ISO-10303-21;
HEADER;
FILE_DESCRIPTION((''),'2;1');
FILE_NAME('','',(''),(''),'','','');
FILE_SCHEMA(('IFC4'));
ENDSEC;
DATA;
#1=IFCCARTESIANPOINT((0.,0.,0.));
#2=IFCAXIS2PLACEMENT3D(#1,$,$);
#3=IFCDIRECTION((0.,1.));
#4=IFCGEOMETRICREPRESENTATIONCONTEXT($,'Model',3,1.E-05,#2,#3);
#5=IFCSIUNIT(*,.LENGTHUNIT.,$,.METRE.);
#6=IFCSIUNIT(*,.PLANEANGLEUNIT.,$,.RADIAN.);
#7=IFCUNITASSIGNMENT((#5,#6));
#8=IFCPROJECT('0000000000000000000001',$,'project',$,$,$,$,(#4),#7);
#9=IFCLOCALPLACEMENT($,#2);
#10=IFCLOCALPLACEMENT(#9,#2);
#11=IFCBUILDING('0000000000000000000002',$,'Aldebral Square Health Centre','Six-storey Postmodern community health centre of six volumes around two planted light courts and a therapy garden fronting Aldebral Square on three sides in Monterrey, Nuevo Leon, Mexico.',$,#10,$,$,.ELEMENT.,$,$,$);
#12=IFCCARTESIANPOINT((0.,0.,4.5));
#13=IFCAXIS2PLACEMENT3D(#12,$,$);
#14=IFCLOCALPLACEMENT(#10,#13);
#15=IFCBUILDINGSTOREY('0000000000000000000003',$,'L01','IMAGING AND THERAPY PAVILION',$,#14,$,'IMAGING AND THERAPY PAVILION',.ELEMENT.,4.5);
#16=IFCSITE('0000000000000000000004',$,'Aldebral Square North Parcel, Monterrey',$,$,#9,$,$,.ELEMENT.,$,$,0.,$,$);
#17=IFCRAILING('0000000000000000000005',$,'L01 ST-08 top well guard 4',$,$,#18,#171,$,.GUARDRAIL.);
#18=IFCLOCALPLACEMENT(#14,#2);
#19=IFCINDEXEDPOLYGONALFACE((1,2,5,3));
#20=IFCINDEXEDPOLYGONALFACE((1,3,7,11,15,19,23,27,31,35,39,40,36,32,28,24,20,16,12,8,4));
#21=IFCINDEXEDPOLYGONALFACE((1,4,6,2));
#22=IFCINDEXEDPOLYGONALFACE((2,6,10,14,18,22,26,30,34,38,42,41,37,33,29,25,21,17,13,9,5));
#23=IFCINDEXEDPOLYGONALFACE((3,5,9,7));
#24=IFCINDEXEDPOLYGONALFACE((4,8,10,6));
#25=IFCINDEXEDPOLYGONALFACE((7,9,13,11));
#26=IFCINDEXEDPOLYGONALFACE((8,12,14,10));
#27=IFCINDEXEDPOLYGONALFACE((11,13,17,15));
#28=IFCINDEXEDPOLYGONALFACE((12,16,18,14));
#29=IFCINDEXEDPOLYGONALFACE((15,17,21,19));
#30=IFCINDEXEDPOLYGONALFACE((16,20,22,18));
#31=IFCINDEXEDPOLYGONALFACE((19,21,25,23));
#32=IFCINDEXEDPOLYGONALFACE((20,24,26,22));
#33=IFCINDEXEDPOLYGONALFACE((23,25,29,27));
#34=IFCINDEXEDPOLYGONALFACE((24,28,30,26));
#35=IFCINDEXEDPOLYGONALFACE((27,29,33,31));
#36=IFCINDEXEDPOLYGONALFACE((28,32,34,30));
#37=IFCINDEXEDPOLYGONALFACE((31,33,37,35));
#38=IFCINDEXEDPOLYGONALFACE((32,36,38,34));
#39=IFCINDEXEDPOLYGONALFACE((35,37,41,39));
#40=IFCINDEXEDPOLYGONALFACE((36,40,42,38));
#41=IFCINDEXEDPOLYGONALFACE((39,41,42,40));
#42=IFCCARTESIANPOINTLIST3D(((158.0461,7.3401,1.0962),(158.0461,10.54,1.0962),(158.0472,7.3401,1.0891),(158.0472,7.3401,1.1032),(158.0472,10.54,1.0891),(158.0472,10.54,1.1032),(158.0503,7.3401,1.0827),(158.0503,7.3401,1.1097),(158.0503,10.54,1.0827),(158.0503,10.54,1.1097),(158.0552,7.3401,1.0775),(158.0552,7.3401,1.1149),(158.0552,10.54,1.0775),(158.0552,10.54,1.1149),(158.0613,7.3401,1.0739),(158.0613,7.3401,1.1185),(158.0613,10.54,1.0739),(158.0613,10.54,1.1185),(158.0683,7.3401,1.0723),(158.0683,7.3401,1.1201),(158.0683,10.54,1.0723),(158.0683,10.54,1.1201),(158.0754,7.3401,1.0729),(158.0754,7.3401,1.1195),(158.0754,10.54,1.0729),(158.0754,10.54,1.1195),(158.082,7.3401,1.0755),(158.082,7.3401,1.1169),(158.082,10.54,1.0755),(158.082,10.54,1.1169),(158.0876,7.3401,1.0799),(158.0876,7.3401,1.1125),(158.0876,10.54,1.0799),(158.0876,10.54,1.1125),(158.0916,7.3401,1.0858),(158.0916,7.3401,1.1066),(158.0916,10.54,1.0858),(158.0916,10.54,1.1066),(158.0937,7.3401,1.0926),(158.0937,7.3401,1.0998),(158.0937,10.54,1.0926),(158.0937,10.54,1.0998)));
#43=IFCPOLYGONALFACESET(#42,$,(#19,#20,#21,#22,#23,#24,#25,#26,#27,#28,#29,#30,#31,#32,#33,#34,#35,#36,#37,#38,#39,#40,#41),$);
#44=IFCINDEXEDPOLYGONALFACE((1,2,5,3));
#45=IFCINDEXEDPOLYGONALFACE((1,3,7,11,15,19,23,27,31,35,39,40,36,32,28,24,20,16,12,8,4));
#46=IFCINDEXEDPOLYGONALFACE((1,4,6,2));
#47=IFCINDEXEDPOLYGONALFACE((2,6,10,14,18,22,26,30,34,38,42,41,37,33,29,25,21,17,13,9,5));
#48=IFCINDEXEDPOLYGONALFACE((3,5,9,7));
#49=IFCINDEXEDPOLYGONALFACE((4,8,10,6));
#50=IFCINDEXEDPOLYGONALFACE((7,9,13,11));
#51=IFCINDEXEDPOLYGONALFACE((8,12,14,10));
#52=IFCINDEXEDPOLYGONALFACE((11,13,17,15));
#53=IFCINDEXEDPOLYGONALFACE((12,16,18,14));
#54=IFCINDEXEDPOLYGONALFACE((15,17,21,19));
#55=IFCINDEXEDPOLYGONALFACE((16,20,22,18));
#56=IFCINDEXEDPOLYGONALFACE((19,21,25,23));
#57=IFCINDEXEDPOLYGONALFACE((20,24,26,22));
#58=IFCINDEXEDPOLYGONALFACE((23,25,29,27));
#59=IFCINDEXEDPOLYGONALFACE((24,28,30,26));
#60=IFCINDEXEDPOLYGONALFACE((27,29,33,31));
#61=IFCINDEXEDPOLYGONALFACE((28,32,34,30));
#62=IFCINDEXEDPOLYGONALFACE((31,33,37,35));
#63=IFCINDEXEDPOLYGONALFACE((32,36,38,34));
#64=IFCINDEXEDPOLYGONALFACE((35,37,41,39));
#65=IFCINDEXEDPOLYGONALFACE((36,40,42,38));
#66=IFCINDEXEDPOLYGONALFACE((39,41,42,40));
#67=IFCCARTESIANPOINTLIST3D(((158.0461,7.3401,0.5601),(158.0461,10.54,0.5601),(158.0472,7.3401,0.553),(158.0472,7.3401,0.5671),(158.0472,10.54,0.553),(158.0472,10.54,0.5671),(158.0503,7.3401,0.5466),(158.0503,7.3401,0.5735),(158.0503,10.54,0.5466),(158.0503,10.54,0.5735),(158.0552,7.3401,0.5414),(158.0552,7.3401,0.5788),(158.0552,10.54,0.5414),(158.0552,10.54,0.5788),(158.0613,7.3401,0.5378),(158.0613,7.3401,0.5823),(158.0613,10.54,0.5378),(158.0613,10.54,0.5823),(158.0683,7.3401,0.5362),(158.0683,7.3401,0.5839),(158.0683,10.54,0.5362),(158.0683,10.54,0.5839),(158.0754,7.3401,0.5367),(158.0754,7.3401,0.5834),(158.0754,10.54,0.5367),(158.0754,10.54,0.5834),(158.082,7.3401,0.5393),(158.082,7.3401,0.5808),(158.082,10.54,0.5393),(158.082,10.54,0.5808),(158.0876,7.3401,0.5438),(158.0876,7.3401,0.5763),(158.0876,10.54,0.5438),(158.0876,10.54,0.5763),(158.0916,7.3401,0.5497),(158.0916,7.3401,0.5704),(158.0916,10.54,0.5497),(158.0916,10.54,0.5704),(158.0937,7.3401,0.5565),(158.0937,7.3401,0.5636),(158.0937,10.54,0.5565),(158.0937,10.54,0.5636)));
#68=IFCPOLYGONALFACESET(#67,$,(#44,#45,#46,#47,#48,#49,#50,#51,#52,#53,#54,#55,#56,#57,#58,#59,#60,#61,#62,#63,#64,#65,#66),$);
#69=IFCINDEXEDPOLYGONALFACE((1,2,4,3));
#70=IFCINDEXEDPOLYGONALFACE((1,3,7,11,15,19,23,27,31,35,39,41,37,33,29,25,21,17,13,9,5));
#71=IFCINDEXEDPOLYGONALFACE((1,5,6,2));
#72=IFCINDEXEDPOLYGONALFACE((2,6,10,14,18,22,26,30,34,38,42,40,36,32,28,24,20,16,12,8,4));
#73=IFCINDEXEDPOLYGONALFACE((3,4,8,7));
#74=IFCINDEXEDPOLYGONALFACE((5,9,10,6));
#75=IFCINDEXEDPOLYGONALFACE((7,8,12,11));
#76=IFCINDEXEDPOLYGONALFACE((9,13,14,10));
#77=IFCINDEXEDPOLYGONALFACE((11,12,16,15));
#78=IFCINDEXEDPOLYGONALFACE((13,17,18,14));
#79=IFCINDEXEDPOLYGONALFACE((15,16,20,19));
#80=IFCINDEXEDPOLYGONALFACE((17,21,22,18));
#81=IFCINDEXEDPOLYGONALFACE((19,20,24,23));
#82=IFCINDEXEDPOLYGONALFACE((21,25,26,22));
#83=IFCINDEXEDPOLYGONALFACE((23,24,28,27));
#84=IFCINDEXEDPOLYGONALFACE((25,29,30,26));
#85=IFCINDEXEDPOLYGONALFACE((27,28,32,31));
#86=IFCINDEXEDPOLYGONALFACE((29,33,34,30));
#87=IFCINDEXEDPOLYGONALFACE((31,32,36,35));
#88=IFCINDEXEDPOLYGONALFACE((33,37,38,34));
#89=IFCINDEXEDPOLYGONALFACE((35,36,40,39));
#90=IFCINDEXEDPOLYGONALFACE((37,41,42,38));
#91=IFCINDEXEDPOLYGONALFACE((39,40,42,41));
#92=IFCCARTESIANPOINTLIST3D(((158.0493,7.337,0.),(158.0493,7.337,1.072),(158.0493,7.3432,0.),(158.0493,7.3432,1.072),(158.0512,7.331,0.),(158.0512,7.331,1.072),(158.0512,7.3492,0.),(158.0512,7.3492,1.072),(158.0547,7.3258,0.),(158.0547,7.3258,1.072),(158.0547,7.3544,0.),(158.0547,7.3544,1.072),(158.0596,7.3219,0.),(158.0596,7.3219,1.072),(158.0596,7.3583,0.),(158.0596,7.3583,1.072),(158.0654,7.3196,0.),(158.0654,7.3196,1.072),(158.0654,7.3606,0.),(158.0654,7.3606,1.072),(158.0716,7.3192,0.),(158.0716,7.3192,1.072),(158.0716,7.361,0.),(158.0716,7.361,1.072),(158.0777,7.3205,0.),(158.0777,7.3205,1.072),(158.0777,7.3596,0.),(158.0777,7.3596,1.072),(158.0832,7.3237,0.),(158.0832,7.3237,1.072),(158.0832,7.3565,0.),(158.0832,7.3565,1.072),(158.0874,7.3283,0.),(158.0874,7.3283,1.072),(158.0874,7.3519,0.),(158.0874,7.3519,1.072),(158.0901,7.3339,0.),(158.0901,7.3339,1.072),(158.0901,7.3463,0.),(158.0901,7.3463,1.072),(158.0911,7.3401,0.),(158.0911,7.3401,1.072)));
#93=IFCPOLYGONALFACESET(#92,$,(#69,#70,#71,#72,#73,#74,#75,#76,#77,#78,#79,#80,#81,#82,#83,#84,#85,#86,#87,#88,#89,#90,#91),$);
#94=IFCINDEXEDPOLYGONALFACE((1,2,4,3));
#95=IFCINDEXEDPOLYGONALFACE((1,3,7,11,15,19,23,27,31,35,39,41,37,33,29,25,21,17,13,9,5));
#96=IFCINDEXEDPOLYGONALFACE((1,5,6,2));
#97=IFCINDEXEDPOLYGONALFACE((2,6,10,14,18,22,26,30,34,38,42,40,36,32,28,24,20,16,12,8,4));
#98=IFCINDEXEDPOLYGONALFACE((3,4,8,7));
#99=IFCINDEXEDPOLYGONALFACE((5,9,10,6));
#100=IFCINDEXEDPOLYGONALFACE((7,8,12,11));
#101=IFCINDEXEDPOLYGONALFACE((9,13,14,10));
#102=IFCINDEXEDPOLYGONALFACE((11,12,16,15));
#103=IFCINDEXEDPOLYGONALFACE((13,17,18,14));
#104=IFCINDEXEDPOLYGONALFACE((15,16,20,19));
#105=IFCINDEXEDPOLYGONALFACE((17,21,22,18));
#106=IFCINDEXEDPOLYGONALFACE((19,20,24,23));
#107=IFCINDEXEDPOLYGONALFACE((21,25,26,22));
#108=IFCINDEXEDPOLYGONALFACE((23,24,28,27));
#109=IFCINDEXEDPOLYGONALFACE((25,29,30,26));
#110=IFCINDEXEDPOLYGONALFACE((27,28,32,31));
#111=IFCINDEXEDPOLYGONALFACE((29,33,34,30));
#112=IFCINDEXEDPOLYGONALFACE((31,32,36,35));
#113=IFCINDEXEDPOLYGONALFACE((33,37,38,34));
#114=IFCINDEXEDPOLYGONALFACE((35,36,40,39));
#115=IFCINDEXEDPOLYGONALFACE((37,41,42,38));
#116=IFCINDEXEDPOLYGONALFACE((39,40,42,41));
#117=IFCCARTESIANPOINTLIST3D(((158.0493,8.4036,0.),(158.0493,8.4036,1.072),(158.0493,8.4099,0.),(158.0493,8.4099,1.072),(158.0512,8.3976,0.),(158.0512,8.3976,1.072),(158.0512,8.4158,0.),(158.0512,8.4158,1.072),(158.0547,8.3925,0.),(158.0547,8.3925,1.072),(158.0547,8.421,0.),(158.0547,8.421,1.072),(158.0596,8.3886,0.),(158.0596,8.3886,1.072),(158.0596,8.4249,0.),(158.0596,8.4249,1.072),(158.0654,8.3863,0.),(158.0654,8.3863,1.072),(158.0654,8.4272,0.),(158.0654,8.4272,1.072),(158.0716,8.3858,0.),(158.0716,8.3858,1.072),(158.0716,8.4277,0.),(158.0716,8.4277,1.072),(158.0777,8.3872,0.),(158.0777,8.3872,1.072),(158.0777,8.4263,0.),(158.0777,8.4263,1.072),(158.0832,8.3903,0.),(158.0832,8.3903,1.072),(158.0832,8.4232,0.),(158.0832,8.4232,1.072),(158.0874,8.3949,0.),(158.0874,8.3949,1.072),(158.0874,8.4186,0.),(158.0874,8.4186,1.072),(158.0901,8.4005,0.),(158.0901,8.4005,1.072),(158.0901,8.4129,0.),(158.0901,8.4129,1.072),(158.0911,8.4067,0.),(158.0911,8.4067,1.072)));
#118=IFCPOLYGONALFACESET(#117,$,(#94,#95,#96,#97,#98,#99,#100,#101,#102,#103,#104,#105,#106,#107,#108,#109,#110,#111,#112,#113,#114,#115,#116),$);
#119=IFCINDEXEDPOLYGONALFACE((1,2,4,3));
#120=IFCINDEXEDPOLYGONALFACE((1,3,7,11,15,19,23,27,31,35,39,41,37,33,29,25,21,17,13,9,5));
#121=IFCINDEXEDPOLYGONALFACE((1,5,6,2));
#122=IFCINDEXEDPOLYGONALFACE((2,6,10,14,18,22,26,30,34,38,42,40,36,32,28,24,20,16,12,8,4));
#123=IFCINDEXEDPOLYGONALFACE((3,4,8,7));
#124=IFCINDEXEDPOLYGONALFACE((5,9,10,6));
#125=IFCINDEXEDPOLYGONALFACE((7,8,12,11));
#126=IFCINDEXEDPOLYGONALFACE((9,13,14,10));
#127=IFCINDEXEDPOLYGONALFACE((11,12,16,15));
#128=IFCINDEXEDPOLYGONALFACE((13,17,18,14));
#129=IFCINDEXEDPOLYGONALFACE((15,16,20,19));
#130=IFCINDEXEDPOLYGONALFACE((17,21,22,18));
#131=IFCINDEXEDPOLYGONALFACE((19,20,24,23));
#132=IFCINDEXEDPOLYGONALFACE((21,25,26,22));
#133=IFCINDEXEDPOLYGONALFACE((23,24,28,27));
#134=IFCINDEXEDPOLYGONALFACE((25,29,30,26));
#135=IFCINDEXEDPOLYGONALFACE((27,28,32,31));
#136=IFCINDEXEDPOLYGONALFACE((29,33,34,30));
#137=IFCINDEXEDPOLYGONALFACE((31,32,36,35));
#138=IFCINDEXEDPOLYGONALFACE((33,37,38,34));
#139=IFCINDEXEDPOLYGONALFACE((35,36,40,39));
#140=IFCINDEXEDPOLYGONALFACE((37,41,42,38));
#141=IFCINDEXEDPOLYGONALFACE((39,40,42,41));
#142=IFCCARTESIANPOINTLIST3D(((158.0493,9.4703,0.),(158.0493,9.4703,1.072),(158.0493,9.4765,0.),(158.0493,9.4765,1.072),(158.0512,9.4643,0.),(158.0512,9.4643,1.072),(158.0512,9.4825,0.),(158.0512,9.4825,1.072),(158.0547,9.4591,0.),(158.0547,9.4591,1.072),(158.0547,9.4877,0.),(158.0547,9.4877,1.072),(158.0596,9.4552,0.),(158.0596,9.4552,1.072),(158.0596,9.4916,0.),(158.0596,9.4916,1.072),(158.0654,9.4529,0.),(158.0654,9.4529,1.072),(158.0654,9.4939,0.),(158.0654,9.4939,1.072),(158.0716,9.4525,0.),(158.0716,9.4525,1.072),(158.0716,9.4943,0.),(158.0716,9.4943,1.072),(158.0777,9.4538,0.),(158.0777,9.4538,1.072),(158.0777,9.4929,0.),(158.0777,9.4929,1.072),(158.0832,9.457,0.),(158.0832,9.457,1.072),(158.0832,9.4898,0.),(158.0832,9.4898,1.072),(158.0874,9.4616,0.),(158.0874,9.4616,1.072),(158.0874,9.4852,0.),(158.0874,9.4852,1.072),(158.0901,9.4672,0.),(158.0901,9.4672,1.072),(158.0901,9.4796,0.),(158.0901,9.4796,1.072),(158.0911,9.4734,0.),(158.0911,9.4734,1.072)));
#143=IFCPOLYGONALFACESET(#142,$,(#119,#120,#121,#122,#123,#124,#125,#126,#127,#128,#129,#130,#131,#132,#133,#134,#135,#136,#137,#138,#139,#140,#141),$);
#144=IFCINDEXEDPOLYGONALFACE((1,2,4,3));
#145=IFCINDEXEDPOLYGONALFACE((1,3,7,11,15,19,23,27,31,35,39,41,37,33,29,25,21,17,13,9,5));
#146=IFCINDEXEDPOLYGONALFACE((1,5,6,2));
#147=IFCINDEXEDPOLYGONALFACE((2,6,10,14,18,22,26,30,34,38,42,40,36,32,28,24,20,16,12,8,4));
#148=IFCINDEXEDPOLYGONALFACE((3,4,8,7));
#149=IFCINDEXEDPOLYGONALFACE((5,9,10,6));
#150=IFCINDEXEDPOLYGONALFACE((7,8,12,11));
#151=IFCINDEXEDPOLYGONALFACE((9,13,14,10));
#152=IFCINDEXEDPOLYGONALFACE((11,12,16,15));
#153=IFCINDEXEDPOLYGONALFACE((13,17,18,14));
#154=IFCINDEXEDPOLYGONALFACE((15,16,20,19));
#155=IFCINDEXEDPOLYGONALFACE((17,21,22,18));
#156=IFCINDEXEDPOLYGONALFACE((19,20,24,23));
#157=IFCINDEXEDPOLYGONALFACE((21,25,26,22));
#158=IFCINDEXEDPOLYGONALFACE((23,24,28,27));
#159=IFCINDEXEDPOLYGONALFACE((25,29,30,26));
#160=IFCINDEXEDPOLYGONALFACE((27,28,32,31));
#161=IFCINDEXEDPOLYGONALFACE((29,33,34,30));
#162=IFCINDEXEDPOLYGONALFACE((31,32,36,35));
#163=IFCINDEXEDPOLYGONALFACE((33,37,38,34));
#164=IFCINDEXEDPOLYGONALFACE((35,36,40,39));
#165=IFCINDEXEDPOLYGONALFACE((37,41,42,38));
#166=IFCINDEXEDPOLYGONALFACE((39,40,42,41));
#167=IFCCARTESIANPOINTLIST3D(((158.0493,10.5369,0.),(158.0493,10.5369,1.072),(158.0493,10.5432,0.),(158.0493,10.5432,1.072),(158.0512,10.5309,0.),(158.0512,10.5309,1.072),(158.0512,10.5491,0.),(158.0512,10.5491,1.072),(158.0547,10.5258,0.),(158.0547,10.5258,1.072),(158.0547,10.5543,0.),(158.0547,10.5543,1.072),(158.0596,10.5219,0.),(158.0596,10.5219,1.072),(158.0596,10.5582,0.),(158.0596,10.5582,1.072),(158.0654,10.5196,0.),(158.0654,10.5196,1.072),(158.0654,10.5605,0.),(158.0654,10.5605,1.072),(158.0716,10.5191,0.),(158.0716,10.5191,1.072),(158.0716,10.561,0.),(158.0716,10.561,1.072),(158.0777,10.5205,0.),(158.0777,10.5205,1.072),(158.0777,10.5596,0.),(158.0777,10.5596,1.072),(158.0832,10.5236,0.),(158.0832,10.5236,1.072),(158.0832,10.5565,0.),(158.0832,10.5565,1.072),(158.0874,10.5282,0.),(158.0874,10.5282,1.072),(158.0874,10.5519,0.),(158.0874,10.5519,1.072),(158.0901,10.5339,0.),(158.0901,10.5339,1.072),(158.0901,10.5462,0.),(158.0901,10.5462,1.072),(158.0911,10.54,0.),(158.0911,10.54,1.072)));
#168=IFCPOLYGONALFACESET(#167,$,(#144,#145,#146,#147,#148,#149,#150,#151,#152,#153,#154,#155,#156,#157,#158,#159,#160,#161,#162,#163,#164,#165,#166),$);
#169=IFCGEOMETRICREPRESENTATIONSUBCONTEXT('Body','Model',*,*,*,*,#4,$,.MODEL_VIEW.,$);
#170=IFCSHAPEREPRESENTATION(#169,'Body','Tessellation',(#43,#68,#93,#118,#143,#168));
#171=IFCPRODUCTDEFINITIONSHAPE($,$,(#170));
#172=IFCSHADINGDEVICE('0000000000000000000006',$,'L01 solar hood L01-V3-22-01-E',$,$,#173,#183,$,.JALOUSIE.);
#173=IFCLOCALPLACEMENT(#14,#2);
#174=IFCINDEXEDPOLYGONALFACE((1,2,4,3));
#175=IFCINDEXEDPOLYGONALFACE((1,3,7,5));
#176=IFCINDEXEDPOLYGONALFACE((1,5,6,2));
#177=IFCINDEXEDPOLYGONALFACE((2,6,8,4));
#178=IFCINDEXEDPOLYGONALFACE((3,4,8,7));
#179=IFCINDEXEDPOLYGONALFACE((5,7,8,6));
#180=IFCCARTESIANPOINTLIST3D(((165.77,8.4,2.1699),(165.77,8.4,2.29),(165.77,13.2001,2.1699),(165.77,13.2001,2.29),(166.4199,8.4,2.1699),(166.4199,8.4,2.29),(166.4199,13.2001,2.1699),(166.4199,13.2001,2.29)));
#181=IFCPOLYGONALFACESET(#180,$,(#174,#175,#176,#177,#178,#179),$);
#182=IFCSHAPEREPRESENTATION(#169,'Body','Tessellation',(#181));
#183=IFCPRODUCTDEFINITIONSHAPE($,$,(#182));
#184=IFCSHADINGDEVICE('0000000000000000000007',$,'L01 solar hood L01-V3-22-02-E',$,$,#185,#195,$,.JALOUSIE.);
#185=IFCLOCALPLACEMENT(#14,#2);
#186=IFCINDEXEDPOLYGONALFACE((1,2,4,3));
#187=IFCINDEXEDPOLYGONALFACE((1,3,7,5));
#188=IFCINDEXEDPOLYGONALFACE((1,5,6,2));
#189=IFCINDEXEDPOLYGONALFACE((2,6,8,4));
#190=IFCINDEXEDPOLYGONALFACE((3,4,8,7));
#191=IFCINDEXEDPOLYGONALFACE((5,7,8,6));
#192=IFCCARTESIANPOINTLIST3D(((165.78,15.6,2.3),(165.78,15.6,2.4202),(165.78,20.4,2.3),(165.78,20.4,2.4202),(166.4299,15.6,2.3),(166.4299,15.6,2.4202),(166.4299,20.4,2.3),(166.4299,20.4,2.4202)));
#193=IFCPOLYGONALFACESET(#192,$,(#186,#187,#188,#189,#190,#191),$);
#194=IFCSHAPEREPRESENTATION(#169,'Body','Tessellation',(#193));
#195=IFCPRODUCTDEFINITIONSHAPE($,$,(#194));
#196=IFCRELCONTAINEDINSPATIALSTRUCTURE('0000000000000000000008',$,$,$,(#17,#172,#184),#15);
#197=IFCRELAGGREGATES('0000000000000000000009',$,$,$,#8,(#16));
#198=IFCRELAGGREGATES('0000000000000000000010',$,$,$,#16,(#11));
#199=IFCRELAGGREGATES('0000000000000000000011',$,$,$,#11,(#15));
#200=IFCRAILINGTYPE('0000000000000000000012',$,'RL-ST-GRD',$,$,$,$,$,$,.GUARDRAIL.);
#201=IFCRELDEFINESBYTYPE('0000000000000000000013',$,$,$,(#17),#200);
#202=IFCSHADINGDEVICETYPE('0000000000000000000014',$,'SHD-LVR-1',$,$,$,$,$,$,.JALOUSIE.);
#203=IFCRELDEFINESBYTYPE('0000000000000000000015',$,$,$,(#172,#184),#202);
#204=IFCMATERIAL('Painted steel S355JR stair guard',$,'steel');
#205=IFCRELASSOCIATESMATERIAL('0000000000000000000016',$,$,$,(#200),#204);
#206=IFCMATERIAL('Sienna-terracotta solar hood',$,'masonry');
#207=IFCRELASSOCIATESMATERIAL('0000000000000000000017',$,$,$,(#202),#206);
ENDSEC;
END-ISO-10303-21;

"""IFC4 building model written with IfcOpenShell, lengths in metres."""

from ifc_helpers import new_model, si_unit, direction, frame, origin, origin_2d, place, context, subcontext, project, spatial, rectangle, circle, extrude, material, type_object, element, save


model = new_model("IFC4")

# Units and contexts
model_context = context("Model", 3, precision=1e-05, world=origin(), true_north=direction((0.0, 1.0)))
body_context = subcontext(model_context, "Body", "Model", "MODEL_VIEW")
ifc_project = project(units=[si_unit("LENGTHUNIT", "METRE"), si_unit("PLANEANGLEUNIT", "RADIAN")], contexts=[model_context])

# Site, building, storey
site_placement = place(None, origin())
site = spatial("IfcSite", under=ifc_project, at=site_placement, Name="Aldebral Square North Parcel, Monterrey", CompositionType="ELEMENT", RefElevation=0.0)
building_placement = place(site_placement, origin())
building = spatial("IfcBuilding", under=site, at=building_placement, Name="Aldebral Square Health Centre", Description="Six-storey Postmodern community health centre of six volumes around two planted light courts and a therapy garden fronting Aldebral Square on three sides in Monterrey, Nuevo Leon, Mexico.", CompositionType="ELEMENT")
storey_placement = place(building_placement, frame((0.0, 0.0, 4.5)))
storey = spatial("IfcBuildingStorey", under=building, at=storey_placement, Name="L01", Description="IMAGING AND THERAPY PAVILION", LongName="IMAGING AND THERAPY PAVILION", CompositionType="ELEMENT", Elevation=4.5)

# Railing
ifc_material_1 = material(Name="Painted steel S355JR stair guard", Category="steel")
railing_type = type_object("IfcRailingType", Name="RL-ST-GRD", PredefinedType="GUARDRAIL", material=ifc_material_1)
railing_placement = place(storey_placement, frame((158.0701, 7.3401, 0.0)))
element("IfcRailing", 1, at=railing_placement, inside=storey, type_object=railing_type, Name="L01 ST-08 top well guard 4", PredefinedType="GUARDRAIL", context=body_context, shape_type="SweptSolid", body=[
    extrude(circle(Radius=0.0239, at=origin_2d()), frame((0.0, 0.0, 1.0962), z_axis=(0.0, 1.0, 0.0), x_axis=(-1.0, 0.0, 0.0)), (0.0, 0.0, 1.0), 3.2),
    extrude(circle(Radius=0.0239, at=origin_2d()), frame((0.0, 0.0, 0.5601), z_axis=(0.0, 1.0, 0.0), x_axis=(-1.0, 0.0, 0.0)), (0.0, 0.0, 1.0), 3.2),
    extrude(circle(Radius=0.021, at=origin_2d()), origin(), (0.0, 0.0, 1.0), 1.072),
    extrude(circle(Radius=0.021, at=origin_2d()), frame((0.0, 1.0667, 0.0)), (0.0, 0.0, 1.0), 1.072),
    extrude(circle(Radius=0.021, at=origin_2d()), frame((0.0, 2.1333, 0.0)), (0.0, 0.0, 1.0), 1.072),
    extrude(circle(Radius=0.021, at=origin_2d()), frame((0.0, 3.2, 0.0)), (0.0, 0.0, 1.0), 1.072),
])

# Shading devices
ifc_material_2 = material(Name="Sienna-terracotta solar hood", Category="masonry")
shading_device_type = type_object("IfcShadingDeviceType", Name="SHD-LVR-1", PredefinedType="JALOUSIE", material=ifc_material_2)
for number, where, z_axis, x_axis, name in (
    (2, (166.095, 10.8, 2.1699), (0.0, 0.0, 1.0), (0.0, 1.0, 0.0), "L01 solar hood L01-V3-22-01-E"),
    (3, (166.105, 18.0, 2.3), (0.0, 0.0, 1.0), (0.0, 1.0, 0.0), "L01 solar hood L01-V3-22-02-E"),
):
    element("IfcShadingDevice", number, at=place(storey_placement, frame(where, z_axis=z_axis, x_axis=x_axis)), inside=storey, type_object=shading_device_type, Name=name, PredefinedType="JALOUSIE", context=body_context, shape_type="SweptSolid", body=[
        extrude(rectangle(XDim=4.8, YDim=0.6499, at=origin_2d()), origin(), (0.0, 0.0, 1.0), 0.1201),
    ])

save(model, "model.ifc")
